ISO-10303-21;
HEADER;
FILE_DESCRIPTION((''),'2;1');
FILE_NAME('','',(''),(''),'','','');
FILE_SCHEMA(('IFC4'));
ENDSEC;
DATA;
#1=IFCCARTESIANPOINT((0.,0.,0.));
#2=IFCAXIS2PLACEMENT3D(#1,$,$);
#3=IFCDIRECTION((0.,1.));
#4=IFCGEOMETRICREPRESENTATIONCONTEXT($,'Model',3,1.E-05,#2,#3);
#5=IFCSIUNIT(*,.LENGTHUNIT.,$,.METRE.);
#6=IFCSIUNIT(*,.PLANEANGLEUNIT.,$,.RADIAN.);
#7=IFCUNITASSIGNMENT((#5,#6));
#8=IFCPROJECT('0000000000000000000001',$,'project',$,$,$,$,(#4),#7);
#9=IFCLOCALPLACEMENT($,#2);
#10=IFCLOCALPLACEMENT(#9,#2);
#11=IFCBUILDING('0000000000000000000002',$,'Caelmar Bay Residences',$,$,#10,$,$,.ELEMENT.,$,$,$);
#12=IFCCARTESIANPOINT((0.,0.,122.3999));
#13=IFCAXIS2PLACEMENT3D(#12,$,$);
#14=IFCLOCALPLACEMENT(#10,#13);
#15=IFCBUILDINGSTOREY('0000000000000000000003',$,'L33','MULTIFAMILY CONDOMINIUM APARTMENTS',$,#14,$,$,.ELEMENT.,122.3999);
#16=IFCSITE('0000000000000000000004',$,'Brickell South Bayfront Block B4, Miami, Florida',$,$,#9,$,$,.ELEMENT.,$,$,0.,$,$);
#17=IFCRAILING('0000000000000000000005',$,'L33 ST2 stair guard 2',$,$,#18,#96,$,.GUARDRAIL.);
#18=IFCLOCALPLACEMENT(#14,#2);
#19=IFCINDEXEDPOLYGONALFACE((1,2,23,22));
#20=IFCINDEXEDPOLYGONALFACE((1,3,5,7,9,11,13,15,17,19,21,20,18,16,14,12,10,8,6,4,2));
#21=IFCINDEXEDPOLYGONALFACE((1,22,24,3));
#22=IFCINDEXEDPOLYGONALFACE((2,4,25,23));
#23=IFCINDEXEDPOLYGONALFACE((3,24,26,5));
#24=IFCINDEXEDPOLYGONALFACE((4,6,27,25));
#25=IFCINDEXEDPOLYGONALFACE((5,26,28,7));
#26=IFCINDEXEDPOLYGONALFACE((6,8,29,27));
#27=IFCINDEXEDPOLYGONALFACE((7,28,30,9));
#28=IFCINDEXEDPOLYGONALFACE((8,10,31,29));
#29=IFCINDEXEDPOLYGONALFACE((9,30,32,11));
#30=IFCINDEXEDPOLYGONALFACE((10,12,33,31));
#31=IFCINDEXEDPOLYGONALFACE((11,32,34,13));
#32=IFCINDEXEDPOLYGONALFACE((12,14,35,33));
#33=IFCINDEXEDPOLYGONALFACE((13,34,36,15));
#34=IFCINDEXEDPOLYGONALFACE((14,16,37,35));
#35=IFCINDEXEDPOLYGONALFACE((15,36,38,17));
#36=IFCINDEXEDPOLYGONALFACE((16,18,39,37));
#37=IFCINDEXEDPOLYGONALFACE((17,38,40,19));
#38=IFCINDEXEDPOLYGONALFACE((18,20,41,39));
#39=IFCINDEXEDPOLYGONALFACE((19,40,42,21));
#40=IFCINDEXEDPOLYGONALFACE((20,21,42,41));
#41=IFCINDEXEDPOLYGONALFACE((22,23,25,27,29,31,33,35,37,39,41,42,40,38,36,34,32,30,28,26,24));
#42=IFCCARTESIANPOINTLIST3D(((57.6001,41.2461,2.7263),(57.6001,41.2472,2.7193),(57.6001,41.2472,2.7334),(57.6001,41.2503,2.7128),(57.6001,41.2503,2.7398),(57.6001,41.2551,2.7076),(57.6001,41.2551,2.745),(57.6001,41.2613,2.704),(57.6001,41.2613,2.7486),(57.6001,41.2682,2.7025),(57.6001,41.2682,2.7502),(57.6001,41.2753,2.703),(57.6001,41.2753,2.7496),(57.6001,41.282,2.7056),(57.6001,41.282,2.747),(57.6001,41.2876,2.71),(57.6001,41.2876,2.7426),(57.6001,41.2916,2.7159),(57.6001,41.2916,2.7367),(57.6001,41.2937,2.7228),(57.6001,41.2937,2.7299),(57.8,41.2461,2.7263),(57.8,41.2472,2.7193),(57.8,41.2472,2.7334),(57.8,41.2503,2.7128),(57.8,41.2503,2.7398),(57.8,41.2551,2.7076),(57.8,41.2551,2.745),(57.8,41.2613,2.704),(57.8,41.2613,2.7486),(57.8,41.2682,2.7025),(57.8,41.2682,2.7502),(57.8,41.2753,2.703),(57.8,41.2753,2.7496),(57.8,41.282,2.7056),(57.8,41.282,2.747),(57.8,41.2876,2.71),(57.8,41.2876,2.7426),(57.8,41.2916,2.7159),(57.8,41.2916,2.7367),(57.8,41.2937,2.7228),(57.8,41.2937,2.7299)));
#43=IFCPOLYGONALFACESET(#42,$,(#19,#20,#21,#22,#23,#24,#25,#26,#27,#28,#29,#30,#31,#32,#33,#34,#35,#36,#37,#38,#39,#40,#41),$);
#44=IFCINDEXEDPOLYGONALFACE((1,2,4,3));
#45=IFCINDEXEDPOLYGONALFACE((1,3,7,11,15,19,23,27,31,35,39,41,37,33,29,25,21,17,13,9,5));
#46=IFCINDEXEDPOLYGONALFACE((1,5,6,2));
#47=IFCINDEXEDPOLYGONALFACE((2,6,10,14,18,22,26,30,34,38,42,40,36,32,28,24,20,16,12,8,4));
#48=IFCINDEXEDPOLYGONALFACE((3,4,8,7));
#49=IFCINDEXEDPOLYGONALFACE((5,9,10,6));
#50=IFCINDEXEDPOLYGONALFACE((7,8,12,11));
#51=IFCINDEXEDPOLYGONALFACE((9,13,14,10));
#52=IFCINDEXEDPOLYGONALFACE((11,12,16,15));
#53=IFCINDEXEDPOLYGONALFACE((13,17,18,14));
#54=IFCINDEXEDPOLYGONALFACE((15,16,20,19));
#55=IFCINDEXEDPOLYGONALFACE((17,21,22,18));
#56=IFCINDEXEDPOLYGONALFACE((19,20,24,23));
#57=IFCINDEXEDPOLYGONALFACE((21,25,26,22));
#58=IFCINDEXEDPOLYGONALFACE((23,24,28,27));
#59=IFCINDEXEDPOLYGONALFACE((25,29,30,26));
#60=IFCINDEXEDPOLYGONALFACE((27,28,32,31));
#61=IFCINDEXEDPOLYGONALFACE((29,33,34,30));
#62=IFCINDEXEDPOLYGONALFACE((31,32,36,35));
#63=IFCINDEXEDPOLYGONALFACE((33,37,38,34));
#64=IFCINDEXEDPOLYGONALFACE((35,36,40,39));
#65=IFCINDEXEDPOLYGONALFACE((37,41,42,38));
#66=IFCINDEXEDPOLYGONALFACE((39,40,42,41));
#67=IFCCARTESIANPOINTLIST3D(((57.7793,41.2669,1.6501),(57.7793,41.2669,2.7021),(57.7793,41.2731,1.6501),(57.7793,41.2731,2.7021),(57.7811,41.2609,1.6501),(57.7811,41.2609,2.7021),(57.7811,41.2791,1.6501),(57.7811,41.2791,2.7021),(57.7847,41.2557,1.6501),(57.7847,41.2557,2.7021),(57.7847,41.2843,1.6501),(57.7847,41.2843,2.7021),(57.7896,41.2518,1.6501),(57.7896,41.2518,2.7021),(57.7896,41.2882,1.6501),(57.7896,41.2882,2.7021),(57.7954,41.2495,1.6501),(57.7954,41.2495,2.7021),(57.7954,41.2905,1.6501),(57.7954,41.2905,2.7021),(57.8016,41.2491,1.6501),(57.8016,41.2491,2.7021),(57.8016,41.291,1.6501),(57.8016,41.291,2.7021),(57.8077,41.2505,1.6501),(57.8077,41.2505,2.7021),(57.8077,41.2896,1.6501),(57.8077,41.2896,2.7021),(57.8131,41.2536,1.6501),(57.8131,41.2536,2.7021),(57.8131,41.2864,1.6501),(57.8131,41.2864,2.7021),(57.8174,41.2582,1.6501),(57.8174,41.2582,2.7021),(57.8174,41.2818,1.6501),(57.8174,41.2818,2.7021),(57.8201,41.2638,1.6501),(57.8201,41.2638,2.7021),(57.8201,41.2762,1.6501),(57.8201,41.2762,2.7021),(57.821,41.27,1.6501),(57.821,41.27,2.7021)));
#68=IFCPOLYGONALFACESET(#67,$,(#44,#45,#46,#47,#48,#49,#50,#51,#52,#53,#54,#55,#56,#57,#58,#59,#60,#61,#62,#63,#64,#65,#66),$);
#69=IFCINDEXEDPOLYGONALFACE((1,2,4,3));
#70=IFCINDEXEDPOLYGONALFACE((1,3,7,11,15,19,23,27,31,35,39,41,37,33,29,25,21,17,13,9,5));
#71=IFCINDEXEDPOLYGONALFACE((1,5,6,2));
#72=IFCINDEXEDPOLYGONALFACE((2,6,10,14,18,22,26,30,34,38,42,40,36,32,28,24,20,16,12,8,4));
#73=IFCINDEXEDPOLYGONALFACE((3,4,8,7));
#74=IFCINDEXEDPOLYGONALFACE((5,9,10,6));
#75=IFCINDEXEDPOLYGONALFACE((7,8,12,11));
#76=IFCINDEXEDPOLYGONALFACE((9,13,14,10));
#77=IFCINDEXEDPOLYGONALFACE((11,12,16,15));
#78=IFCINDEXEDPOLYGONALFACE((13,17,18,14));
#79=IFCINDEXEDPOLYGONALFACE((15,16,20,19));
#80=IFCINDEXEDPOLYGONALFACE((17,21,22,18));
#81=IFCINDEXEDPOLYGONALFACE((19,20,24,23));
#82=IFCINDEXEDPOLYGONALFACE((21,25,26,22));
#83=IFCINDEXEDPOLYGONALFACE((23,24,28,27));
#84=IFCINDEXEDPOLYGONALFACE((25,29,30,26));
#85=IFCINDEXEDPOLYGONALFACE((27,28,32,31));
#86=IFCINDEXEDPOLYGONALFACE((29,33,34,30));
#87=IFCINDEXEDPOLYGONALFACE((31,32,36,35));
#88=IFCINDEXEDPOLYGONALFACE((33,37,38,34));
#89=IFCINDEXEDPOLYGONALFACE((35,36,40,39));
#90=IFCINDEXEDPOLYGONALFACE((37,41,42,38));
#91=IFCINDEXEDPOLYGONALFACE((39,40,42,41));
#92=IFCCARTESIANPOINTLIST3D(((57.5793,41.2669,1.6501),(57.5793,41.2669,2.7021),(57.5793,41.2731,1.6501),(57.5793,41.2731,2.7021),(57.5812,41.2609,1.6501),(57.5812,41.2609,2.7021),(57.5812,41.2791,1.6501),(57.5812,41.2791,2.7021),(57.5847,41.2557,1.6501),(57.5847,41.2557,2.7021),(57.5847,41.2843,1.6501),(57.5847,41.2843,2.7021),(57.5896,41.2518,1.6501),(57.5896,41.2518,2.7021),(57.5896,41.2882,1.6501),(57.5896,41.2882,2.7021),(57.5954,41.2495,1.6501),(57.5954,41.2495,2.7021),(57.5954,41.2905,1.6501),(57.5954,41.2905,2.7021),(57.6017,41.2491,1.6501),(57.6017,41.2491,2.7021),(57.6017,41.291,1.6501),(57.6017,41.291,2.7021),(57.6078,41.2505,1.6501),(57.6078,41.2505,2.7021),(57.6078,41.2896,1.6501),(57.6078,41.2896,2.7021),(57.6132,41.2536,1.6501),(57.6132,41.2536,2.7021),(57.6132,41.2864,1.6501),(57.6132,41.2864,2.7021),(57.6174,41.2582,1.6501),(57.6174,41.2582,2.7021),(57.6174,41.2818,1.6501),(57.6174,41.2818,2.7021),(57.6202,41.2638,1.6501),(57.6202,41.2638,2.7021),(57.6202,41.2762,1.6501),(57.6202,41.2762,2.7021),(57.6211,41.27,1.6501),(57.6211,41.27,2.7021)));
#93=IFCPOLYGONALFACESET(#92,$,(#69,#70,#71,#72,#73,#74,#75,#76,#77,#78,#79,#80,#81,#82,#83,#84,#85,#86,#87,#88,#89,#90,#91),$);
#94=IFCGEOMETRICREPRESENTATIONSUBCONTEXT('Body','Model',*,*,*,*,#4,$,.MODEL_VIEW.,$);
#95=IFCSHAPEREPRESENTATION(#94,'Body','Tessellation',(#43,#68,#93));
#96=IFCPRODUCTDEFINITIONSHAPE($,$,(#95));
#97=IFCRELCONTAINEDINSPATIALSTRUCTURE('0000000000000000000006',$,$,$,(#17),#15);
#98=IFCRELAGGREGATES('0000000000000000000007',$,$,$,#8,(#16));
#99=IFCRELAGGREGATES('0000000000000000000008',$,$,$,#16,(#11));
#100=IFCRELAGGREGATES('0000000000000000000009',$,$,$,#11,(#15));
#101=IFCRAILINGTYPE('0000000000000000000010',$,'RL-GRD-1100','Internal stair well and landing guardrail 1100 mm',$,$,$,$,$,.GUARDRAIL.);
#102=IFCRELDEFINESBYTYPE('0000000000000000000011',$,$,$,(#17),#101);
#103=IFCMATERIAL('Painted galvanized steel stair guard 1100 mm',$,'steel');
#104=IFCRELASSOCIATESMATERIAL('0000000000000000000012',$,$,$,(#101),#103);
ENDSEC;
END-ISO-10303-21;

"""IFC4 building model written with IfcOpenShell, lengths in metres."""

from ifc_helpers import new_model, si_unit, direction, frame, origin, origin_2d, place, context, subcontext, project, spatial, circle, extrude, material, type_object, element, save


model = new_model("IFC4")

# Units and contexts
model_context = context("Model", 3, precision=1e-05, world=origin(), true_north=direction((0.0, 1.0)))
body_context = subcontext(model_context, "Body", "Model", "MODEL_VIEW")
ifc_project = project(units=[si_unit("LENGTHUNIT", "METRE"), si_unit("PLANEANGLEUNIT", "RADIAN")], contexts=[model_context])

# Site, building, storey
site_placement = place(None, origin())
site = spatial("IfcSite", under=ifc_project, at=site_placement, Name="Brickell South Bayfront Block B4, Miami, Florida", CompositionType="ELEMENT", RefElevation=0.0)
building_placement = place(site_placement, origin())
building = spatial("IfcBuilding", under=site, at=building_placement, Name="Caelmar Bay Residences", CompositionType="ELEMENT")
storey_placement = place(building_placement, frame((0.0, 0.0, 122.3999)))
storey = spatial("IfcBuildingStorey", under=building, at=storey_placement, Name="L33", Description="MULTIFAMILY CONDOMINIUM APARTMENTS", CompositionType="ELEMENT", Elevation=122.3999)

# Railing
ifc_material_1 = material(Name="Painted galvanized steel stair guard 1100 mm", Category="steel")
railing_type_1 = type_object("IfcRailingType", Name="RL-GRD-1100", Description="Internal stair well and landing guardrail 1100 mm", PredefinedType="GUARDRAIL", material=ifc_material_1)
railing_1_placement = place(storey_placement, frame((57.8, 41.27, 1.6501)))
element("IfcRailing", 1, at=railing_1_placement, inside=storey, type_object=railing_type_1, Name="L33 ST2 stair guard 2", PredefinedType="GUARDRAIL", context=body_context, shape_type="SweptSolid", body=[
    extrude(circle(Radius=0.0239, at=origin_2d()), frame((0.0, 0.0, 1.0762), z_axis=(-1.0, 0.0, 0.0), x_axis=(0.0, -1.0, 0.0)), (0.0, 0.0, 1.0), 0.2),
    extrude(circle(Radius=0.021, at=origin_2d()), origin(), (0.0, 0.0, 1.0), 1.052),
    extrude(circle(Radius=0.021, at=origin_2d()), frame((-0.2, 0.0, 0.0)), (0.0, 0.0, 1.0), 1.052),
])

save(model, "model.ifc")
